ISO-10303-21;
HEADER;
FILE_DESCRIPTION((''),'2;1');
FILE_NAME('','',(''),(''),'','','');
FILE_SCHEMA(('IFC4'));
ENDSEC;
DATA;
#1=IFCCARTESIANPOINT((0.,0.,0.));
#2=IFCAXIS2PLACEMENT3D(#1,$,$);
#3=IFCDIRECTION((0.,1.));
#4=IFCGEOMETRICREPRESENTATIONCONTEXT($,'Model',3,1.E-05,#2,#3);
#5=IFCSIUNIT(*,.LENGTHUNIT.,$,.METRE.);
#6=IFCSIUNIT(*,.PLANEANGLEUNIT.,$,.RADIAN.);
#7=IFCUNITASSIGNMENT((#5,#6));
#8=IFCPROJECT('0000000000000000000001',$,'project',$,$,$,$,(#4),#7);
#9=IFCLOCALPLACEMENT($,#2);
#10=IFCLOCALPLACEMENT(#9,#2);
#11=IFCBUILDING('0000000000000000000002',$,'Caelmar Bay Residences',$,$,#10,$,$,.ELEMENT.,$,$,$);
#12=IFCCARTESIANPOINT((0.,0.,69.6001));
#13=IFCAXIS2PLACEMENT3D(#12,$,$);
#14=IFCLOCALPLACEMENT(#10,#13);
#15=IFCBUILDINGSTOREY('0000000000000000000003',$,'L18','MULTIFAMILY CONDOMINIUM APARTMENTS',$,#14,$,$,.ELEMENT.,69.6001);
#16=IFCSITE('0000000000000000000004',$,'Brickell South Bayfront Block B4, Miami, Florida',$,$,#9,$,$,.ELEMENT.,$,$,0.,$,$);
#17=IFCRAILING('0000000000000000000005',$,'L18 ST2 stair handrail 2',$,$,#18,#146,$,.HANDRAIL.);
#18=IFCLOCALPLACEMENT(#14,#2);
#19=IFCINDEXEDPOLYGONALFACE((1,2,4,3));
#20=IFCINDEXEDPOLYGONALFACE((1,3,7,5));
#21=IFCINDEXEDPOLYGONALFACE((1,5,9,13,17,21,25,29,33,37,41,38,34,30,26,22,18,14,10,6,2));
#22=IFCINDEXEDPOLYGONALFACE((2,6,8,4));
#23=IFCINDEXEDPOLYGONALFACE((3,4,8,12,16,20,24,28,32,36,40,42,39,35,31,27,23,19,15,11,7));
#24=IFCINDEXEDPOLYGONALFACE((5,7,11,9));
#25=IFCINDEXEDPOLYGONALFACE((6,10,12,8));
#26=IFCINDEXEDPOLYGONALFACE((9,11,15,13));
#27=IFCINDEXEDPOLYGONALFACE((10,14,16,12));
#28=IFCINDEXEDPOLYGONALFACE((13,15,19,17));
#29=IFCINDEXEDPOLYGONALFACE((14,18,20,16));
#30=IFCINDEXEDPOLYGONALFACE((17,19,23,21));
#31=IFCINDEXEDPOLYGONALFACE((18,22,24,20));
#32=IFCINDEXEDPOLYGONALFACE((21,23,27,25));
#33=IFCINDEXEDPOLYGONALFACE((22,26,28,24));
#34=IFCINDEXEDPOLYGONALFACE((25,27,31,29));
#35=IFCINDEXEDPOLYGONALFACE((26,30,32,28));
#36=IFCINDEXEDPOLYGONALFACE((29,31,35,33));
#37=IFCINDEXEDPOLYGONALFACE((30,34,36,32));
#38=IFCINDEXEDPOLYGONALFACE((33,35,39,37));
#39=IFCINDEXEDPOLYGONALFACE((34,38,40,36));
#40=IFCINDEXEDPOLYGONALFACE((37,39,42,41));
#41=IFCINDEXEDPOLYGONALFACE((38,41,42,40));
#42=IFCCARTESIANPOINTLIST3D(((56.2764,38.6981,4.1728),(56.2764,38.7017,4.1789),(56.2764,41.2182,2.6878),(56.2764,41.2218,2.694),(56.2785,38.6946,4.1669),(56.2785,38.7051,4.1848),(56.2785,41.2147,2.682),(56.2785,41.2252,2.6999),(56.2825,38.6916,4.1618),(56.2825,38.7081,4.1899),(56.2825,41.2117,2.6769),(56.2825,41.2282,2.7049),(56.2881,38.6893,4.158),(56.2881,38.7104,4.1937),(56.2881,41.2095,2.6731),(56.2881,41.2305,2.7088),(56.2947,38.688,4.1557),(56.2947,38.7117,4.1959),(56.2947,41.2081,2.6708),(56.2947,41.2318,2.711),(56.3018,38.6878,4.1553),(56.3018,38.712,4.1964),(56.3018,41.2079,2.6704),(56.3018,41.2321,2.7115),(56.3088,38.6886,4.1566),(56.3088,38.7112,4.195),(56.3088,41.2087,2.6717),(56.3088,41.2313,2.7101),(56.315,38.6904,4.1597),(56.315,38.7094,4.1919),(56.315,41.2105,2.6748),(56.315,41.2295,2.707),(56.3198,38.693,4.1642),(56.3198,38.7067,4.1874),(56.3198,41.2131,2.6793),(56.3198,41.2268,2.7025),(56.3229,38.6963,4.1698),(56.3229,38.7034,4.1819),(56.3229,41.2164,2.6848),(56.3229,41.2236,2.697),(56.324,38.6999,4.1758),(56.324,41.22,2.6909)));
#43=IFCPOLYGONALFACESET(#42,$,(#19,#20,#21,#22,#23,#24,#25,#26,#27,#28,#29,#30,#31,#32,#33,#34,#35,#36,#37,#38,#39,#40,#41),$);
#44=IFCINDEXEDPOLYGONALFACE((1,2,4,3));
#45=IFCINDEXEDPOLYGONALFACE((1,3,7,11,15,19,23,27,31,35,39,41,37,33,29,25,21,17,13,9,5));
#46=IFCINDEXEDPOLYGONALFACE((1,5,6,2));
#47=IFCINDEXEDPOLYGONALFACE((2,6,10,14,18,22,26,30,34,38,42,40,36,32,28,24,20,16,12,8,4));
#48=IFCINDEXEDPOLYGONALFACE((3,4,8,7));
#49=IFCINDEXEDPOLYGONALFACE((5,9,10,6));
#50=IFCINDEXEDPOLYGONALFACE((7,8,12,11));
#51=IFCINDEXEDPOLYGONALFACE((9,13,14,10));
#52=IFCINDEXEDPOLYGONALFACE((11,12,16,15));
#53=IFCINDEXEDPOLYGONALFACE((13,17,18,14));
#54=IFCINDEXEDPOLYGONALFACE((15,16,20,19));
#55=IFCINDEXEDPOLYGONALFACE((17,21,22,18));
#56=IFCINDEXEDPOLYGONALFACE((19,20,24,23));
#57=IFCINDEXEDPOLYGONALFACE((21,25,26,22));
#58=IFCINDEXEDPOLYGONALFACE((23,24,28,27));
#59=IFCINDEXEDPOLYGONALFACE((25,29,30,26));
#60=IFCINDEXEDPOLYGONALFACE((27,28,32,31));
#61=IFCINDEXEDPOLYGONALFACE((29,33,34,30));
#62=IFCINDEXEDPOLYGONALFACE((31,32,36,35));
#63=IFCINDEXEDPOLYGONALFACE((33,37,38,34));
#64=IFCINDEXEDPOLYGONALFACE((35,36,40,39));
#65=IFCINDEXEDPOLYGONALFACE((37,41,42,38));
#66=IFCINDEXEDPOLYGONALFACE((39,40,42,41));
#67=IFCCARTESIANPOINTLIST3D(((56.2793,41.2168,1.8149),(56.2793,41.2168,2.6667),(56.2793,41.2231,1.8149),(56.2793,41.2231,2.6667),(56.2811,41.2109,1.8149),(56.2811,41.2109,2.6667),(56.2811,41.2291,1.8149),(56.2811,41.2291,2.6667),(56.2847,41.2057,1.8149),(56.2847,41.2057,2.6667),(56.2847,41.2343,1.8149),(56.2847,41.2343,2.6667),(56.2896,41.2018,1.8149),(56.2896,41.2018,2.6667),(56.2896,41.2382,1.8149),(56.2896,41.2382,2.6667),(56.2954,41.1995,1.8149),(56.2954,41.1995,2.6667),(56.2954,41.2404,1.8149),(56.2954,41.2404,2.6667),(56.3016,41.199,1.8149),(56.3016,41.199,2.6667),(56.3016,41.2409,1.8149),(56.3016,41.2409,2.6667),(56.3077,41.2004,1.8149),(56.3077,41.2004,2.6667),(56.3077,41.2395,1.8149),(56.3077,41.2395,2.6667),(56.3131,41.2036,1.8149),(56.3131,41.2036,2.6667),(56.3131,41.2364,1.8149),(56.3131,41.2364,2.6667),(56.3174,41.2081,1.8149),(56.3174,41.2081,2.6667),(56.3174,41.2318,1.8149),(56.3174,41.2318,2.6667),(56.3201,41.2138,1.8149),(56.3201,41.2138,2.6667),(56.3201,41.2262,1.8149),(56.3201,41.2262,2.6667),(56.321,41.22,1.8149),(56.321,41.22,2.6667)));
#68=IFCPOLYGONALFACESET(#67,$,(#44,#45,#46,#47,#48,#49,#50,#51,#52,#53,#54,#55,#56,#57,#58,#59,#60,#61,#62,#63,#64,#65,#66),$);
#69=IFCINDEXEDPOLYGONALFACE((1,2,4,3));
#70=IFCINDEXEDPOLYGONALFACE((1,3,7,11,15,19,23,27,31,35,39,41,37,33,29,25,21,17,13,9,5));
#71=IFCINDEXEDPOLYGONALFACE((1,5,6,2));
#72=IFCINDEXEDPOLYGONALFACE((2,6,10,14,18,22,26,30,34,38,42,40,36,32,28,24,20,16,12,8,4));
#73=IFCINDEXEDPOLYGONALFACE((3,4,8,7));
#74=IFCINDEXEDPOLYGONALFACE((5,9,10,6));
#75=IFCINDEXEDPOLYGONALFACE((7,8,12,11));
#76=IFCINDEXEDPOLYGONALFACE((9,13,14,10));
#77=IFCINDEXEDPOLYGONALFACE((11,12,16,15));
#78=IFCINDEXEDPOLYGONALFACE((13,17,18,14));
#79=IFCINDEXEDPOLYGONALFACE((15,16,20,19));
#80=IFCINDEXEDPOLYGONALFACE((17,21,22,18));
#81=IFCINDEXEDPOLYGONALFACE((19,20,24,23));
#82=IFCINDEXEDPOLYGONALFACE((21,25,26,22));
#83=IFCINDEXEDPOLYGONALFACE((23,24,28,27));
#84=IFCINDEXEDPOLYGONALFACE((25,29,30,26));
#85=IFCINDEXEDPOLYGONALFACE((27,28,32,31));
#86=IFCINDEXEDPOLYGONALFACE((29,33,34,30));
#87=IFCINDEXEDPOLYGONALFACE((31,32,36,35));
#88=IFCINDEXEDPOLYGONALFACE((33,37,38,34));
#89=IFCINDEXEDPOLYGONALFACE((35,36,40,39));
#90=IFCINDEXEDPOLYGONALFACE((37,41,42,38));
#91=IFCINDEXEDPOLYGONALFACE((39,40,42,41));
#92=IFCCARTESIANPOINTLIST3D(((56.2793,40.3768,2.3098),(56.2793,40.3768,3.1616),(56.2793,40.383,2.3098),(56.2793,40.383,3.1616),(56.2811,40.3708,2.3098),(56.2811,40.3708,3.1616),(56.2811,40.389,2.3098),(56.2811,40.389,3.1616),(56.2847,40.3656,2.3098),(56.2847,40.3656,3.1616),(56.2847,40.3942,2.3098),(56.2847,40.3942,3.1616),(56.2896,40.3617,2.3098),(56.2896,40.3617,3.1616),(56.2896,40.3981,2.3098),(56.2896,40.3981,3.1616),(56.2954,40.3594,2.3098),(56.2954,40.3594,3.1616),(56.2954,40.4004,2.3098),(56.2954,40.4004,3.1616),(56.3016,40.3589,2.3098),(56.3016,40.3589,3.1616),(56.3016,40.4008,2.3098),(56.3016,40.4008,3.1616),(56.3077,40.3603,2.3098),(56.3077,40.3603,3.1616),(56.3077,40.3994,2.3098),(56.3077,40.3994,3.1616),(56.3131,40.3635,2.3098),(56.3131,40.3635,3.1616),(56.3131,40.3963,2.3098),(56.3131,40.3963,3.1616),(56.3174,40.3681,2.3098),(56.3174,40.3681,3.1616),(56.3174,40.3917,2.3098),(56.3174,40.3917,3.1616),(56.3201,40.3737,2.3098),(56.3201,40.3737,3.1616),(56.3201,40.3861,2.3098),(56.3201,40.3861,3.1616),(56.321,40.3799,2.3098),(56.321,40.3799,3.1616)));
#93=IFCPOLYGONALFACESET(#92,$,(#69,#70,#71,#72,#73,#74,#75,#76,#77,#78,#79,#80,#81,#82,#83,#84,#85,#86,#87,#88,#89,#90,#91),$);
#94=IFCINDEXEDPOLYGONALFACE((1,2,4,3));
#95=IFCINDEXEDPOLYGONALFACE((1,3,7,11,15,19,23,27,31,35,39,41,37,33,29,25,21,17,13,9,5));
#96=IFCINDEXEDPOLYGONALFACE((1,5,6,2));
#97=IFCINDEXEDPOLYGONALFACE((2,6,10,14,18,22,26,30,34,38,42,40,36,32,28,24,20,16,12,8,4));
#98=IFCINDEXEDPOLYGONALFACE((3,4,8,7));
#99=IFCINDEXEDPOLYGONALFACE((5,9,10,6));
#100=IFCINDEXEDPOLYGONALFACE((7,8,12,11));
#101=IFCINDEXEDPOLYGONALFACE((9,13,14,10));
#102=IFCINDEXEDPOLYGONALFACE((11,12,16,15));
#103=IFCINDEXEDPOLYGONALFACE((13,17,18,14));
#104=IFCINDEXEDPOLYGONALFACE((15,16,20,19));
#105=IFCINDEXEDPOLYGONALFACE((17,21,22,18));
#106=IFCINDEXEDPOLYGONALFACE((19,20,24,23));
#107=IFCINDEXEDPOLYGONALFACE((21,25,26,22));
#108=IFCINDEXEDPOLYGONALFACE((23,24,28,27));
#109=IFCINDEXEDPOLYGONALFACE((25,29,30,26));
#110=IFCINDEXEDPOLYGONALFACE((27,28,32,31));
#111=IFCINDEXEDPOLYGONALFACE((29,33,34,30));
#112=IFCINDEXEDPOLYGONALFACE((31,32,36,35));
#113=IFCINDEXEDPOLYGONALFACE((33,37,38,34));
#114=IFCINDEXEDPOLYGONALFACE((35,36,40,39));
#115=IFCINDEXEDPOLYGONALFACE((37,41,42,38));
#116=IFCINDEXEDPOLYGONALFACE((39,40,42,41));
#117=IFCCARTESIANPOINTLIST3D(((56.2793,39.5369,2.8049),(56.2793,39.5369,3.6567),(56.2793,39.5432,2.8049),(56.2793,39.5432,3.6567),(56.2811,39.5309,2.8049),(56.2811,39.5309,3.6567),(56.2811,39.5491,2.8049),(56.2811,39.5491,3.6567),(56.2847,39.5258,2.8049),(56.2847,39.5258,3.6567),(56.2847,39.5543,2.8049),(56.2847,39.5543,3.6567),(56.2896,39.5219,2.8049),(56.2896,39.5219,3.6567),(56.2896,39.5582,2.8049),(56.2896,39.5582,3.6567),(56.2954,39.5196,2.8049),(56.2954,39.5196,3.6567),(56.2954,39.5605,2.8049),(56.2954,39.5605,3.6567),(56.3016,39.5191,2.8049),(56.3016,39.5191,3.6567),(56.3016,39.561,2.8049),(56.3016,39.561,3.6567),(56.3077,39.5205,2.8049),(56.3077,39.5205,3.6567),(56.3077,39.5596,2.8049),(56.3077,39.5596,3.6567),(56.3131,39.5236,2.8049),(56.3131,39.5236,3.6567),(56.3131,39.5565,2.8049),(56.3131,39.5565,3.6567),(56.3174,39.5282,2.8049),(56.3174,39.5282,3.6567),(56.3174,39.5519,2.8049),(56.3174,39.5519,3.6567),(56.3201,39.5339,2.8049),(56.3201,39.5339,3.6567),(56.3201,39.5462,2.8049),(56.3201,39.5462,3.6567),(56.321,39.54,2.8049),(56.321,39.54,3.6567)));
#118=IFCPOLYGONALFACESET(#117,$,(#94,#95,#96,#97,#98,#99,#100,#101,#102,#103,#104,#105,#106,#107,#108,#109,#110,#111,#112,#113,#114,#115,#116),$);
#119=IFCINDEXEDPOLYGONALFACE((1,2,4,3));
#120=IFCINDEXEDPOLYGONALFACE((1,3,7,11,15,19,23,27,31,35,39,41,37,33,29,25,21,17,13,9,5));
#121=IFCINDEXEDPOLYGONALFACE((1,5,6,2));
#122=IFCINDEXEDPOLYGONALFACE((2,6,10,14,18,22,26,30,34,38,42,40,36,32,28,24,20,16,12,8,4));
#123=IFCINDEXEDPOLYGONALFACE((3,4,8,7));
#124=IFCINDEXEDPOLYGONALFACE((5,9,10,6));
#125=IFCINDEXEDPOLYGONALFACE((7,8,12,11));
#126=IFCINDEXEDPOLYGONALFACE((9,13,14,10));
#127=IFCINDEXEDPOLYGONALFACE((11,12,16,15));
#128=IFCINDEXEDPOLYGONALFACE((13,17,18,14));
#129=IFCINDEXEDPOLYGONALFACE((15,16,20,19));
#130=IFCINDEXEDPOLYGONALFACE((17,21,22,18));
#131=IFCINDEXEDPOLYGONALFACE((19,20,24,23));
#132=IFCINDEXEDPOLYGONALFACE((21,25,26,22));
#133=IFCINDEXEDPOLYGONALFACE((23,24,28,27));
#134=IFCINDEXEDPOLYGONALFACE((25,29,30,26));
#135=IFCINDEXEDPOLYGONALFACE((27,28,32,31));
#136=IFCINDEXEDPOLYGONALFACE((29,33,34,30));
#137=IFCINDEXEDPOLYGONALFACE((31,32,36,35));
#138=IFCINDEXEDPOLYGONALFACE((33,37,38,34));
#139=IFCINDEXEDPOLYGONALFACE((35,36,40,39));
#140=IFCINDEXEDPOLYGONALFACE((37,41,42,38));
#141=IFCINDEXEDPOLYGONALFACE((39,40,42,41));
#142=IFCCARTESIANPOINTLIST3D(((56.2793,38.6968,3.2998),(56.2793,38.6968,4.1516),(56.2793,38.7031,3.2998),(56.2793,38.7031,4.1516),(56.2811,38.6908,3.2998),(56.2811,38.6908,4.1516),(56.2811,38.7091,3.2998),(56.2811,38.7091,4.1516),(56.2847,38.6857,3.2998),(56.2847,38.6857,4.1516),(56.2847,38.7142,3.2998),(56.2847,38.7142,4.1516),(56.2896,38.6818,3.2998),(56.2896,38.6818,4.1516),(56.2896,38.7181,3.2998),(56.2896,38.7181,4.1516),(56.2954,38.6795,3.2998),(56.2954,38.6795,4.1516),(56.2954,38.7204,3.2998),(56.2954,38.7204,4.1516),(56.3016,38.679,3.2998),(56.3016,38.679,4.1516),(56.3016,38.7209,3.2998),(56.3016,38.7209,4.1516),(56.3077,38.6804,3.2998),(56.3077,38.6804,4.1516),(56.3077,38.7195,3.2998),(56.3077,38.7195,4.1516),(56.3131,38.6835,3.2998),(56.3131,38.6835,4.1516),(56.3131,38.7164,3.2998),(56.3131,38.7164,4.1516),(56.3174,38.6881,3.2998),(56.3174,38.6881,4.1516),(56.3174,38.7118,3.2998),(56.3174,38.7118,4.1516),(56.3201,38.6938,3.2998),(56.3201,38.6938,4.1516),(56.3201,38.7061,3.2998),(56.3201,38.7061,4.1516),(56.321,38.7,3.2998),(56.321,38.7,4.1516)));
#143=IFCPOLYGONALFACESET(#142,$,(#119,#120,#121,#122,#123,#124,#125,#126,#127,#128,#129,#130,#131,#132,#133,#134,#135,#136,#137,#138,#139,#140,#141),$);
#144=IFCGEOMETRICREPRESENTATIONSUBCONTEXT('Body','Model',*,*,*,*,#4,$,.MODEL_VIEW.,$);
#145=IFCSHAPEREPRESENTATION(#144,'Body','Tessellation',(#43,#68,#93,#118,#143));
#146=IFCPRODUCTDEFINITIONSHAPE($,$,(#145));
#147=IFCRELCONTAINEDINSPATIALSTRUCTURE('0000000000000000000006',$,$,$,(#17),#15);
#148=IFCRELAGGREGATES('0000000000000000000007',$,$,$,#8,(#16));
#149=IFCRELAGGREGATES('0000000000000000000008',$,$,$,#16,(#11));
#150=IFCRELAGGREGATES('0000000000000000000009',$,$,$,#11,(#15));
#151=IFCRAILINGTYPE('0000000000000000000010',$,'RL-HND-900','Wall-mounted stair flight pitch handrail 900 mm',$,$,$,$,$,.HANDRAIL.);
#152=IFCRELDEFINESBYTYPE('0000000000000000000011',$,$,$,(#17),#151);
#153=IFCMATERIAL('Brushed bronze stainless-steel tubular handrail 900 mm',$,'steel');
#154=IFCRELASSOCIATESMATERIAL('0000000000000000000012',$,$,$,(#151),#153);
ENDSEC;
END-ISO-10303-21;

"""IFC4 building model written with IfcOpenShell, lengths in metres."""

from ifc_helpers import new_model, si_unit, direction, frame, origin, origin_2d, place, context, subcontext, project, spatial, circle, extrude, material, type_object, element, save


model = new_model("IFC4")

# Units and contexts
model_context = context("Model", 3, precision=1e-05, world=origin(), true_north=direction((0.0, 1.0)))
body_context = subcontext(model_context, "Body", "Model", "MODEL_VIEW")
ifc_project = project(units=[si_unit("LENGTHUNIT", "METRE"), si_unit("PLANEANGLEUNIT", "RADIAN")], contexts=[model_context])

# Site, building, storey
site_placement = place(None, origin())
site = spatial("IfcSite", under=ifc_project, at=site_placement, Name="Brickell South Bayfront Block B4, Miami, Florida", CompositionType="ELEMENT", RefElevation=0.0)
building_placement = place(site_placement, origin())
building = spatial("IfcBuilding", under=site, at=building_placement, Name="Caelmar Bay Residences", CompositionType="ELEMENT")
storey_placement = place(building_placement, frame((0.0, 0.0, 69.6001)))
storey = spatial("IfcBuildingStorey", under=building, at=storey_placement, Name="L18", Description="MULTIFAMILY CONDOMINIUM APARTMENTS", CompositionType="ELEMENT", Elevation=69.6001)

# Railing
ifc_material_1 = material(Name="Brushed bronze stainless-steel tubular handrail 900 mm", Category="steel")
railing_type_1 = type_object("IfcRailingType", Name="RL-HND-900", Description="Wall-mounted stair flight pitch handrail 900 mm", PredefinedType="HANDRAIL", material=ifc_material_1)
railing_1_placement = place(storey_placement, frame((56.3, 41.22, 1.8149)))
element("IfcRailing", 1, at=railing_1_placement, inside=storey, type_object=railing_type_1, Name="L18 ST2 stair handrail 2", PredefinedType="HANDRAIL", context=body_context, shape_type="SweptSolid", body=[
    extrude(circle(Radius=0.0239, at=origin_2d()), frame((0.0, 0.0, 0.876), z_axis=(0.0, -0.861561, 0.507655), x_axis=(1.0, 0.0, 0.0)), (0.0, 0.0, 1.0), 2.925),
    extrude(circle(Radius=0.021, at=origin_2d()), origin(), (0.0, 0.0, 1.0), 0.8518),
    extrude(circle(Radius=0.021, at=origin_2d()), frame((0.0, -0.8401, 0.4949)), (0.0, 0.0, 1.0), 0.8518),
    extrude(circle(Radius=0.021, at=origin_2d()), frame((0.0, -1.6799, 0.99)), (0.0, 0.0, 1.0), 0.8518),
    extrude(circle(Radius=0.021, at=origin_2d()), frame((0.0, -2.52, 1.4849)), (0.0, 0.0, 1.0), 0.8518),
])

save(model, "model.ifc")
